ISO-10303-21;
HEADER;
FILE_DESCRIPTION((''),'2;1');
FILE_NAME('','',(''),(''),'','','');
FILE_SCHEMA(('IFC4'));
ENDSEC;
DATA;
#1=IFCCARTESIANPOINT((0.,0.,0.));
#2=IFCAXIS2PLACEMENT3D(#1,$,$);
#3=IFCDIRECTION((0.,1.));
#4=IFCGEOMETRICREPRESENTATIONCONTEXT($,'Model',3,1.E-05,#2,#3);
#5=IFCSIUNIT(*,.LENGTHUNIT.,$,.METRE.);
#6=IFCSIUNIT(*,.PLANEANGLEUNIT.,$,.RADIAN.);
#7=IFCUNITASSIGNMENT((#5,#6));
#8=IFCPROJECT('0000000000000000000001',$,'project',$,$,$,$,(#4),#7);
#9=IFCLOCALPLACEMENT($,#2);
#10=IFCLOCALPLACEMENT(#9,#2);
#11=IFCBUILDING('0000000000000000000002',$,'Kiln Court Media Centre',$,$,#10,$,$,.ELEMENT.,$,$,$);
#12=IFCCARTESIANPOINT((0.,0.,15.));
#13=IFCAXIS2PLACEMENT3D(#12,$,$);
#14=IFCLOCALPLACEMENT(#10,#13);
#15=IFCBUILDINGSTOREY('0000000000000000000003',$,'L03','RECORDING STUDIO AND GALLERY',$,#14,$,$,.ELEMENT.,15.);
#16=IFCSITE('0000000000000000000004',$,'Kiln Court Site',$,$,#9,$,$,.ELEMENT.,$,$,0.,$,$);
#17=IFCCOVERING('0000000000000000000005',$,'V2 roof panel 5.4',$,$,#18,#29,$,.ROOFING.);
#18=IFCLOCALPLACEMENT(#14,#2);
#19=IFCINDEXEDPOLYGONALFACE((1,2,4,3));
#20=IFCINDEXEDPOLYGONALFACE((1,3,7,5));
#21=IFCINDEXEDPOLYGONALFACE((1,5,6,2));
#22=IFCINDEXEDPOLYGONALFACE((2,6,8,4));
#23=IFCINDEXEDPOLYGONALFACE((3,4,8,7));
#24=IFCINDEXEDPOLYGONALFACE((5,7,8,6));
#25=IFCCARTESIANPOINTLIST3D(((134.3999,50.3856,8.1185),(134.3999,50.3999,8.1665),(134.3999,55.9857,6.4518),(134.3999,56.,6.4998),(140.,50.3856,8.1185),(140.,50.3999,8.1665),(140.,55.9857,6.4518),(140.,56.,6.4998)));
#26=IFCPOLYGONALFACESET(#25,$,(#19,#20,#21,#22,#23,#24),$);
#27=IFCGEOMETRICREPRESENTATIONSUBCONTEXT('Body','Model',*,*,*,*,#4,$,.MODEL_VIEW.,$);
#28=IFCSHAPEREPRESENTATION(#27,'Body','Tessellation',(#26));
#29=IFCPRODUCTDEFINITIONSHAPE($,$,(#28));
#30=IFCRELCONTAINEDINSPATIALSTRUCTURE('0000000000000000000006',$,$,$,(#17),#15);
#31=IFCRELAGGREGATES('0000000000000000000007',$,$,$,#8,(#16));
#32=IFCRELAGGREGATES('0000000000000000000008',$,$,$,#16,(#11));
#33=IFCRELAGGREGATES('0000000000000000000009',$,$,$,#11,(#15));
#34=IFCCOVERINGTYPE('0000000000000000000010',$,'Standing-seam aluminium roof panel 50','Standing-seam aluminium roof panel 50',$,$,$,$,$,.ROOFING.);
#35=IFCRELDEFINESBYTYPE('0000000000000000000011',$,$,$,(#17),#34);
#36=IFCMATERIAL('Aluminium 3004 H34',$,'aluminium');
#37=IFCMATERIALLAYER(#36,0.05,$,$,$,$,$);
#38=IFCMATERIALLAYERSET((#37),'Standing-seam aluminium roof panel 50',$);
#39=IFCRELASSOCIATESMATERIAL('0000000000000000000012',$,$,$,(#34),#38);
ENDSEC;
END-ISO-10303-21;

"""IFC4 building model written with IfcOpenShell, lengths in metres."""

from ifc_helpers import new_model, si_unit, direction, frame, origin, place, context, subcontext, project, spatial, polyline, outline, extrude, material, layer, layer_set, type_object, element, save


model = new_model("IFC4")

# Units and contexts
model_context = context("Model", 3, precision=1e-05, world=origin(), true_north=direction((0.0, 1.0)))
body_context = subcontext(model_context, "Body", "Model", "MODEL_VIEW")
ifc_project = project(units=[si_unit("LENGTHUNIT", "METRE"), si_unit("PLANEANGLEUNIT", "RADIAN")], contexts=[model_context])

# Site, building, storey
site_placement = place(None, origin())
site = spatial("IfcSite", under=ifc_project, at=site_placement, Name="Kiln Court Site", CompositionType="ELEMENT", RefElevation=0.0)
building_placement = place(site_placement, origin())
building = spatial("IfcBuilding", under=site, at=building_placement, Name="Kiln Court Media Centre", CompositionType="ELEMENT")
storey_placement = place(building_placement, frame((0.0, 0.0, 15.0)))
storey = spatial("IfcBuildingStorey", under=building, at=storey_placement, Name="L03", Description="RECORDING STUDIO AND GALLERY", CompositionType="ELEMENT", Elevation=15.0)

# Covering
ifc_material_1 = material(Name="Aluminium 3004 H34", Category="aluminium")
ifc_layer_1 = layer(ifc_material_1, 0.05)
ifc_layer_set_1 = layer_set([ifc_layer_1], Name="Standing-seam aluminium roof panel 50")
covering_type = type_object("IfcCoveringType", Name="Standing-seam aluminium roof panel 50", Description="Standing-seam aluminium roof panel 50", PredefinedType="ROOFING", material=ifc_layer_set_1)
covering_placement = place(storey_placement, frame((134.3999, 50.3999, 8.1665), z_axis=(0.0, 0.285262, 0.95845), x_axis=(0.0, 0.95845, -0.285262)))
element("IfcCovering", 1, at=covering_placement, inside=storey, type_object=covering_type, Name="V2 roof panel 5.4", PredefinedType="ROOFING", context=body_context, shape_type="SweptSolid", body=[
    extrude(outline(polyline([(0.0, 0.0), (5.8429, 0.0), (5.8429, -5.6001), (0.0, -5.6001), (0.0, 0.0)])), origin(), (0.0, 0.0, -1.0), 0.05),
])

save(model, "model.ifc")
